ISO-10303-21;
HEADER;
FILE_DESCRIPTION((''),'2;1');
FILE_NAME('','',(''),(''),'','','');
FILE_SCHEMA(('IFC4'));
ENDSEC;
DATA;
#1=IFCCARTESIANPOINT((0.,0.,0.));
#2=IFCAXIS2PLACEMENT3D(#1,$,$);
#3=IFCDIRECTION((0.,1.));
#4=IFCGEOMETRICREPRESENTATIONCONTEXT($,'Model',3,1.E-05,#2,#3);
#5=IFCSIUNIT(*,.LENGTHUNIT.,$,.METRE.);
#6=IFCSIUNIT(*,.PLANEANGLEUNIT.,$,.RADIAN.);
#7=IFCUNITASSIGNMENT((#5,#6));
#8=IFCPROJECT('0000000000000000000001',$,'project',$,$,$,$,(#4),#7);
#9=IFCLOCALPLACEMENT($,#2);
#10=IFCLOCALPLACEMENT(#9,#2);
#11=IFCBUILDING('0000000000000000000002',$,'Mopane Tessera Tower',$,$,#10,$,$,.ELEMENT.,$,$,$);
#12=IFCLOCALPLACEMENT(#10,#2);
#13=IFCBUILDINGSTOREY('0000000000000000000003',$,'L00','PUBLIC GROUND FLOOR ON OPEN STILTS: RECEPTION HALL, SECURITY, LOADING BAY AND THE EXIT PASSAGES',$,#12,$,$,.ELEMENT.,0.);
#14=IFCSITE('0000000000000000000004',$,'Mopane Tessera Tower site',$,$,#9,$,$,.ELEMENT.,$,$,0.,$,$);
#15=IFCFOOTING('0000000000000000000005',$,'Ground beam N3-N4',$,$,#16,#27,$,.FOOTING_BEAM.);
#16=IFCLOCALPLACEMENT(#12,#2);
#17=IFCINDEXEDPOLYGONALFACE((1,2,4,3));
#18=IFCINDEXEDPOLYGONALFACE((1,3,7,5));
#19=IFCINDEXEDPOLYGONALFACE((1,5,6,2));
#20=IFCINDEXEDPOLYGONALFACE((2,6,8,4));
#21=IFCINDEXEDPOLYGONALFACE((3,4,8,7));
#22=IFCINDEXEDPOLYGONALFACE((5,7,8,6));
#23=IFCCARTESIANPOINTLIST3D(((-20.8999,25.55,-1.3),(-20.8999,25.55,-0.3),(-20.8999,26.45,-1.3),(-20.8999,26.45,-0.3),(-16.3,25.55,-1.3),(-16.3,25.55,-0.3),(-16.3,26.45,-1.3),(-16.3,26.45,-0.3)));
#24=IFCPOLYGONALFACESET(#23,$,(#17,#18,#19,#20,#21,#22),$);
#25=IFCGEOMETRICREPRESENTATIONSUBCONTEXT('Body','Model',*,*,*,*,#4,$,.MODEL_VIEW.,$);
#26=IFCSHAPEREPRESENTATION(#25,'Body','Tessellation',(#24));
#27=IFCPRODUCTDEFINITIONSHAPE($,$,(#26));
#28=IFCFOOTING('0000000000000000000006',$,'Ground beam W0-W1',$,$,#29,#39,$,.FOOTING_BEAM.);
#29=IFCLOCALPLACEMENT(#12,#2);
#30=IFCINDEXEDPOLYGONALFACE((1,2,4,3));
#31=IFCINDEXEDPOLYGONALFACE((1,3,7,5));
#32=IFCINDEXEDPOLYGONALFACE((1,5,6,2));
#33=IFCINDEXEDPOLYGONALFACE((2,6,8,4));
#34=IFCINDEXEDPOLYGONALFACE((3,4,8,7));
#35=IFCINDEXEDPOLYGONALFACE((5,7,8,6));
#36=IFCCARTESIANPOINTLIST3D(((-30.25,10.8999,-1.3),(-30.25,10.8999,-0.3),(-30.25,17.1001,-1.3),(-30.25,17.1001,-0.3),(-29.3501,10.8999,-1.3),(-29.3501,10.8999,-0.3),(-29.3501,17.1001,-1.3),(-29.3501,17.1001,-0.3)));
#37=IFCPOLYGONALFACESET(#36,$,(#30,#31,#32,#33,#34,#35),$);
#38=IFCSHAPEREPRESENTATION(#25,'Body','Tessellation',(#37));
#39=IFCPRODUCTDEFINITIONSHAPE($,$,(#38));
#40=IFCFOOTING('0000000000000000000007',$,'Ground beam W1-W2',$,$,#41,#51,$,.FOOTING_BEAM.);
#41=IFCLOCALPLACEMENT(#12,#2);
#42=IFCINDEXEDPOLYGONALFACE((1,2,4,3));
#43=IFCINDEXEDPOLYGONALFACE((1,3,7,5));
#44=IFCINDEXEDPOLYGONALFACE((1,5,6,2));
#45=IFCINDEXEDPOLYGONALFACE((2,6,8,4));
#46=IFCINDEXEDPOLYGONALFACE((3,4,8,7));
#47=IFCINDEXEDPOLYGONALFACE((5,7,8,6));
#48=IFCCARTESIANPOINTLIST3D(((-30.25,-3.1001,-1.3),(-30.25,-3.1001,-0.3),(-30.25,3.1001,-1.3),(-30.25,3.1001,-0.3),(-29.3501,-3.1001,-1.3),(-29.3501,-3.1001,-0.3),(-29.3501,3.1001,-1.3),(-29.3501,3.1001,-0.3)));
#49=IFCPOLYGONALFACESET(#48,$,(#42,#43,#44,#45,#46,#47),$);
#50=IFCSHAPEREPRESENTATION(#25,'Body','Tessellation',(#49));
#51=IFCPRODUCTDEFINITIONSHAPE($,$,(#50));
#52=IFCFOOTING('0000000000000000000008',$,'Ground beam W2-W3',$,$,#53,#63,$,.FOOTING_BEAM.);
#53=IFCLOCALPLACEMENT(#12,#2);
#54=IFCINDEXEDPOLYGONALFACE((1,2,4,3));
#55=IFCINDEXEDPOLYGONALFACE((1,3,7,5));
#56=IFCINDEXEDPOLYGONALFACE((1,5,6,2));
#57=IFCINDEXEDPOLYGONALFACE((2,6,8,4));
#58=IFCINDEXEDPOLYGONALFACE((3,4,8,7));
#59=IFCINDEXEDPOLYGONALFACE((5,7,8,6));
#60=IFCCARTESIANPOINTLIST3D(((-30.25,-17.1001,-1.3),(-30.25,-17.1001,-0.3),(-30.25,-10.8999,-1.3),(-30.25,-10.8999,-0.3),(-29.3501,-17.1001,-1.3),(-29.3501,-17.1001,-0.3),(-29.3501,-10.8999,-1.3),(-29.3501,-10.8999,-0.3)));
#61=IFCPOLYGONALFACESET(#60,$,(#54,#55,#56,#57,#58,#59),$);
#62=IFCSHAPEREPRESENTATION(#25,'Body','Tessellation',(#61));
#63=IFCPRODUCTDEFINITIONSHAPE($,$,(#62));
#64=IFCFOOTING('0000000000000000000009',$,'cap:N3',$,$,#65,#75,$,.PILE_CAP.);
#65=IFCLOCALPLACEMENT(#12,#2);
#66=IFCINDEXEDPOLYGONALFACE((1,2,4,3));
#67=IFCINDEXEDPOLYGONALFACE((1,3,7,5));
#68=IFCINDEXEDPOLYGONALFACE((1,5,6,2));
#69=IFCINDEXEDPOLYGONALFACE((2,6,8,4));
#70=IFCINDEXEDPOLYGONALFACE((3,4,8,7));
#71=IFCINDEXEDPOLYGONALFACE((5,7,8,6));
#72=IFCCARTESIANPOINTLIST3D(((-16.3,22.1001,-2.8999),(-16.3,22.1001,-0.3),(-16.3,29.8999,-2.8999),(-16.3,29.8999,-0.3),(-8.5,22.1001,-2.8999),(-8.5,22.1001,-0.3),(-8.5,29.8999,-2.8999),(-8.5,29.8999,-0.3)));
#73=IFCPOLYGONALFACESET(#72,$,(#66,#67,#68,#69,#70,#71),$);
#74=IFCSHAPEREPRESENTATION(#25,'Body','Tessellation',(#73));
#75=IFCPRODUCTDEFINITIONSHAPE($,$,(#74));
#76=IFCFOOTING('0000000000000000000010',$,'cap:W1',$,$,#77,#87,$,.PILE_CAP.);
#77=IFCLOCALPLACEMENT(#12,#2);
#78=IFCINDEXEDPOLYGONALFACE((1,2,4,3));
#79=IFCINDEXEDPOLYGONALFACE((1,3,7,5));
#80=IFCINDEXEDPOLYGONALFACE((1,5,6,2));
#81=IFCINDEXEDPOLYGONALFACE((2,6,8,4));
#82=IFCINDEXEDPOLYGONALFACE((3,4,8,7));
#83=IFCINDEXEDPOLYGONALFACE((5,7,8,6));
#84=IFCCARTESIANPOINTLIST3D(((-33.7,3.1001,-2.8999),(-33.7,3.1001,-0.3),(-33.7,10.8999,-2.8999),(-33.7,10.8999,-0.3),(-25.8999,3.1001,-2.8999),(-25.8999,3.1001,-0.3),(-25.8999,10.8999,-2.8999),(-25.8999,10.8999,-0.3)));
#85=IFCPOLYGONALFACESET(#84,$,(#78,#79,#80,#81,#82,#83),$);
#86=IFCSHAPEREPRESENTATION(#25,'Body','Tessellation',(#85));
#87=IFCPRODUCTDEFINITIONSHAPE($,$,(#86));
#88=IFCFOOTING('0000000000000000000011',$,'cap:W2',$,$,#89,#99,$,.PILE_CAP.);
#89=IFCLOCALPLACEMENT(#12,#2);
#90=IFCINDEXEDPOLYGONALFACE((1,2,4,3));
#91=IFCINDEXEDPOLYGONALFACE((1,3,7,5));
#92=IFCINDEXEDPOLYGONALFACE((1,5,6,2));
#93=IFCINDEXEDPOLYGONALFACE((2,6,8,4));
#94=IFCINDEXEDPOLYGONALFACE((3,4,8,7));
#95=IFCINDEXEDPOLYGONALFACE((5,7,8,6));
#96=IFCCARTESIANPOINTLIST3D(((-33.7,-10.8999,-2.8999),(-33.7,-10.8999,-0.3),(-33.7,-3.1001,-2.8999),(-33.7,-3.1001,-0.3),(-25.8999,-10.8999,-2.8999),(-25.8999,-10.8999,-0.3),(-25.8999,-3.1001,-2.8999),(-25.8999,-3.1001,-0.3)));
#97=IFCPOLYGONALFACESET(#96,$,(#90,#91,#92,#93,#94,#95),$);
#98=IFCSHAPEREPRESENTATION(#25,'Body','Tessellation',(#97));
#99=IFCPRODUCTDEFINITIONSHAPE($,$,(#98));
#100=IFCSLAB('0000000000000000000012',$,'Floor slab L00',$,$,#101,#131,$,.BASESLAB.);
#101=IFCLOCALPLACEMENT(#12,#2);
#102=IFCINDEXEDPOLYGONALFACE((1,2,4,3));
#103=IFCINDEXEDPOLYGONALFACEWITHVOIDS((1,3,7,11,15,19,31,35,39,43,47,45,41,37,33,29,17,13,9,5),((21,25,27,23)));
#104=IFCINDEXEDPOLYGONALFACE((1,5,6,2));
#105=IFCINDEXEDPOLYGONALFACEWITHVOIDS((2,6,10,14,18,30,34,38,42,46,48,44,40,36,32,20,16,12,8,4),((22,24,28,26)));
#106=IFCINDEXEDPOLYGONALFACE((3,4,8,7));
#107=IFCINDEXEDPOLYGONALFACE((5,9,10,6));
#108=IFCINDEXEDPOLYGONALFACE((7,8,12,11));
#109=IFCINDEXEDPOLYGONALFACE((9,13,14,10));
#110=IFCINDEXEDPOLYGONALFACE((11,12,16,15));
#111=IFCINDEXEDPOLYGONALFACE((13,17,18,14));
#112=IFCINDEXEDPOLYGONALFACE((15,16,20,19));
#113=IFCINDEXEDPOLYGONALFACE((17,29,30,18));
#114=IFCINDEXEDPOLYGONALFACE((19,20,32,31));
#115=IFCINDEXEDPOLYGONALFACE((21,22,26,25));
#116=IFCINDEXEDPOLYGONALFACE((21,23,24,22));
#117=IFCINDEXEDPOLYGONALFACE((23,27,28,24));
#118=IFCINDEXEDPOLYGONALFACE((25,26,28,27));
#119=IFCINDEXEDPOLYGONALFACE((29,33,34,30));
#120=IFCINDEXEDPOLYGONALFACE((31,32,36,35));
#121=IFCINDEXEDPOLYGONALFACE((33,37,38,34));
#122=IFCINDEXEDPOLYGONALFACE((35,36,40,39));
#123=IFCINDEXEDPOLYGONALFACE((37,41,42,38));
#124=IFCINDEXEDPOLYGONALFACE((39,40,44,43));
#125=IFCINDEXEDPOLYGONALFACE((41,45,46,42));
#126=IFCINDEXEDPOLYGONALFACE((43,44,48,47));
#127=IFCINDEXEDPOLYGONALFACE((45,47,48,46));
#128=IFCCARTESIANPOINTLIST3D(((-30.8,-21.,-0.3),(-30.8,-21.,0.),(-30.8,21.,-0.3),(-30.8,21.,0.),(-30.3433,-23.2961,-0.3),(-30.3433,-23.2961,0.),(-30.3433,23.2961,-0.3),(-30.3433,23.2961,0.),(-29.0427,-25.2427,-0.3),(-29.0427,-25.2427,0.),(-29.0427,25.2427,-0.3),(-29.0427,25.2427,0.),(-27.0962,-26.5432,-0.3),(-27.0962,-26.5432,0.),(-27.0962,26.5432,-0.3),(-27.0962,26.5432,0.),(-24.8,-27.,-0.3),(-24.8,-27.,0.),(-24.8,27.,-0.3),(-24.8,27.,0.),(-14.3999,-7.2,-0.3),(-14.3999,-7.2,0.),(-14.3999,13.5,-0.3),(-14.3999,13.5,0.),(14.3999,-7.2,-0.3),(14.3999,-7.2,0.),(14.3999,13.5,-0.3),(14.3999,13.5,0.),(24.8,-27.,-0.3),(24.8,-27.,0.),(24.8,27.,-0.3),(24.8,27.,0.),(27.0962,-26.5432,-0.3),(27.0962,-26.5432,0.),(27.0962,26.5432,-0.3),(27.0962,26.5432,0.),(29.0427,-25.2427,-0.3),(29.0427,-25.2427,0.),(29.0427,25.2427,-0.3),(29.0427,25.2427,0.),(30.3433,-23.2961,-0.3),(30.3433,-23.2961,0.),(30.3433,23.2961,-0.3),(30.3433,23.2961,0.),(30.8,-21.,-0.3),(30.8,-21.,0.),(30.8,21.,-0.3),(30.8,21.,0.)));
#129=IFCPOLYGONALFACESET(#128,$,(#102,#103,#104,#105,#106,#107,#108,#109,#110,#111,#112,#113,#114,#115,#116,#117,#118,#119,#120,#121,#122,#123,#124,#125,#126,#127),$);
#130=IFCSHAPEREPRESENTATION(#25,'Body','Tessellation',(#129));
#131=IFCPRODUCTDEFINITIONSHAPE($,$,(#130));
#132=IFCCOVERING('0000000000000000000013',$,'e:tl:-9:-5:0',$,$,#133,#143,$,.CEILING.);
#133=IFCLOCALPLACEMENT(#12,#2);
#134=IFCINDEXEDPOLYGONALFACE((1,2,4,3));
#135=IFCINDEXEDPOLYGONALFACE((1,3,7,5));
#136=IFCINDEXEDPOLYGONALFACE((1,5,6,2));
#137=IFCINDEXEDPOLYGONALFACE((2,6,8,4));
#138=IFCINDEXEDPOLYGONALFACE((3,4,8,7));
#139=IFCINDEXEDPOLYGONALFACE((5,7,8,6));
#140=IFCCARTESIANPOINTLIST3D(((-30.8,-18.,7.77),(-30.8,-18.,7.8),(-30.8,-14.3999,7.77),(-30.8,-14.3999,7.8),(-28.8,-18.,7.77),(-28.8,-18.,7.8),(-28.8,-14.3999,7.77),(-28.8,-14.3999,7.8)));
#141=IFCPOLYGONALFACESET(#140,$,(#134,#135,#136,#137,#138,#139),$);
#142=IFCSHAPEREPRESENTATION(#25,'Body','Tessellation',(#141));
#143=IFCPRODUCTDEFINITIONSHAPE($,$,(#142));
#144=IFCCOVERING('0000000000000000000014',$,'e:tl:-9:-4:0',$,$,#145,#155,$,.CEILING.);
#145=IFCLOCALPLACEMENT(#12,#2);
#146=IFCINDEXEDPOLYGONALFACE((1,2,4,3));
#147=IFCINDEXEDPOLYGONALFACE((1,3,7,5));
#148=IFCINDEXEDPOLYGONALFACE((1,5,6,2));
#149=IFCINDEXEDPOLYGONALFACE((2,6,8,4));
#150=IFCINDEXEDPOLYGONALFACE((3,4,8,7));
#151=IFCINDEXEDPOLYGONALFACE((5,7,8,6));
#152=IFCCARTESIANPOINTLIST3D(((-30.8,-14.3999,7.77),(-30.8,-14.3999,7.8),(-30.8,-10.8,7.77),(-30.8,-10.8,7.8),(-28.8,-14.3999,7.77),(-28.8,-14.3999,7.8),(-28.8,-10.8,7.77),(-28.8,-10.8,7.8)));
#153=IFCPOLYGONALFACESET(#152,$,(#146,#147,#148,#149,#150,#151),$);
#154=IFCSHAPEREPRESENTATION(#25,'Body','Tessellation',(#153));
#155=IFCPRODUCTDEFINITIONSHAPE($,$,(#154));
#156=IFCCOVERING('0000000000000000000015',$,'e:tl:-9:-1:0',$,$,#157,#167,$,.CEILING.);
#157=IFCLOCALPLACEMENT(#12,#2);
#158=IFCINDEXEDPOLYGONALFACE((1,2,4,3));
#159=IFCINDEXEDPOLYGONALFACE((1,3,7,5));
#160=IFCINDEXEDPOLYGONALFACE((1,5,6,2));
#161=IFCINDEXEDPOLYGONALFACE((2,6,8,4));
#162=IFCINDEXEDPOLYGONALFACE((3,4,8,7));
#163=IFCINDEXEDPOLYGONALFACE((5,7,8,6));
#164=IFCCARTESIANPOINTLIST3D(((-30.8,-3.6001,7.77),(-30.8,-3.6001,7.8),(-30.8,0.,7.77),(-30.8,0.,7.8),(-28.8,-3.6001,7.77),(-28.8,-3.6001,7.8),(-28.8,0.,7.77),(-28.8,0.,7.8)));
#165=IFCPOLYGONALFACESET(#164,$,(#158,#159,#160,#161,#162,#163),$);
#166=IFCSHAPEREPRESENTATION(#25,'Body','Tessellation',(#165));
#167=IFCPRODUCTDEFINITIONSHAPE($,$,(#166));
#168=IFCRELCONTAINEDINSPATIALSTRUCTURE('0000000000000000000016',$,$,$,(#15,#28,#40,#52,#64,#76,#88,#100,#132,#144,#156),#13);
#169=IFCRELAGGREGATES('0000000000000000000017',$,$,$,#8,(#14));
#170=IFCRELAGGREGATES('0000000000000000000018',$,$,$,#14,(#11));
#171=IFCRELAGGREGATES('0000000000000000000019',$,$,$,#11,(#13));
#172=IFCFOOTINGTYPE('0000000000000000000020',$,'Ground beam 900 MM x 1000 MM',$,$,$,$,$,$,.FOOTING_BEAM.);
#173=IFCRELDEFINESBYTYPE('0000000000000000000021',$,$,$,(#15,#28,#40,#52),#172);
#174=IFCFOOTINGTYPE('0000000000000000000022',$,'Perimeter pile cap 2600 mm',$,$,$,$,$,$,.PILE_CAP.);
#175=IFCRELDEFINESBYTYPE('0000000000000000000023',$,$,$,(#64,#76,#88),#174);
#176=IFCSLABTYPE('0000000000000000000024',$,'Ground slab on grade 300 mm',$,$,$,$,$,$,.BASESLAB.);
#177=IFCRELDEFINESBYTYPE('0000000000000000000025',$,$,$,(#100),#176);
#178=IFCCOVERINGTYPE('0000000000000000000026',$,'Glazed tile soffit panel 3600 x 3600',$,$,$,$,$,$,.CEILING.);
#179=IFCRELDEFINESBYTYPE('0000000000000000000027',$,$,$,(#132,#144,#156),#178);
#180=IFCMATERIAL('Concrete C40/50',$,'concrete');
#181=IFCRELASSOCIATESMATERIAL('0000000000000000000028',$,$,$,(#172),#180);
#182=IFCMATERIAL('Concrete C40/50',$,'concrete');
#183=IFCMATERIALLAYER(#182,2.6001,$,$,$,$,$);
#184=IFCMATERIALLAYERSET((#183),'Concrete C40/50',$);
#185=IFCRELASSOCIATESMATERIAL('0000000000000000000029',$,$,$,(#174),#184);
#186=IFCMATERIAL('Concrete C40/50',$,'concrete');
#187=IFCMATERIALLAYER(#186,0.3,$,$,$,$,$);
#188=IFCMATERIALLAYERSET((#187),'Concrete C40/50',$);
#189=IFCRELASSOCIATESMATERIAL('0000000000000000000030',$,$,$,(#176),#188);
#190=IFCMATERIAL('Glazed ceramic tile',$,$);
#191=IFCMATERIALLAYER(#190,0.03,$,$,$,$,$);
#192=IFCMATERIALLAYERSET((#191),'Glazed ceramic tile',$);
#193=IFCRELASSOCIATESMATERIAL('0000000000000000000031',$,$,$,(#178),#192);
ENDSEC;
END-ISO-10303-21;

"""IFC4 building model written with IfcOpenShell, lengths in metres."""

from ifc_helpers import new_model, si_unit, direction, frame, origin, place, context, subcontext, project, spatial, polyline, outline, extrude, material, layer, layer_set, type_object, element, save


model = new_model("IFC4")

# Units and contexts
model_context = context("Model", 3, precision=1e-05, world=origin(), true_north=direction((0.0, 1.0)))
body_context = subcontext(model_context, "Body", "Model", "MODEL_VIEW")
ifc_project = project(units=[si_unit("LENGTHUNIT", "METRE"), si_unit("PLANEANGLEUNIT", "RADIAN")], contexts=[model_context])

# Site, building, storey
site_placement = place(None, origin())
site = spatial("IfcSite", under=ifc_project, at=site_placement, Name="Mopane Tessera Tower site", CompositionType="ELEMENT", RefElevation=0.0)
building_placement = place(site_placement, origin())
building = spatial("IfcBuilding", under=site, at=building_placement, Name="Mopane Tessera Tower", CompositionType="ELEMENT")
storey_placement = place(building_placement, origin())
storey = spatial("IfcBuildingStorey", under=building, at=storey_placement, Name="L00", Description="PUBLIC GROUND FLOOR ON OPEN STILTS: RECEPTION HALL, SECURITY, LOADING BAY AND THE EXIT PASSAGES", CompositionType="ELEMENT", Elevation=0.0)

# Footings
ifc_material_1 = material(Name="Concrete C40/50", Category="concrete")
footing_type_1 = type_object("IfcFootingType", Name="Ground beam 900 MM x 1000 MM", PredefinedType="FOOTING_BEAM", material=ifc_material_1)
footing_1_placement = place(storey_placement, frame((0.0, 0.0, -1.3)))
element("IfcFooting", 1, at=footing_1_placement, inside=storey, type_object=footing_type_1, Name="Ground beam N3-N4", PredefinedType="FOOTING_BEAM", context=body_context, shape_type="SweptSolid", body=[
    extrude(outline(polyline([(-16.3, 26.45), (-20.8999, 26.45), (-20.8999, 25.55), (-16.3, 25.55), (-16.3, 26.45)])), origin(), (0.0, 0.0, 1.0), 1.0),
])
footing_2_placement = place(storey_placement, frame((0.0, 0.0, -1.3)))
element("IfcFooting", 2, at=footing_2_placement, inside=storey, type_object=footing_type_1, Name="Ground beam W0-W1", PredefinedType="FOOTING_BEAM", context=body_context, shape_type="SweptSolid", body=[
    extrude(outline(polyline([(-29.3501, 17.1001), (-30.25, 17.1001), (-30.25, 10.8999), (-29.3501, 10.8999), (-29.3501, 17.1001)])), origin(), (0.0, 0.0, 1.0), 1.0),
])
footing_3_placement = place(storey_placement, frame((0.0, 0.0, -1.3)))
element("IfcFooting", 3, at=footing_3_placement, inside=storey, type_object=footing_type_1, Name="Ground beam W1-W2", PredefinedType="FOOTING_BEAM", context=body_context, shape_type="SweptSolid", body=[
    extrude(outline(polyline([(-29.3501, 3.1001), (-30.25, 3.1001), (-30.25, -3.1001), (-29.3501, -3.1001), (-29.3501, 3.1001)])), origin(), (0.0, 0.0, 1.0), 1.0),
])
footing_4_placement = place(storey_placement, frame((0.0, 0.0, -1.3)))
element("IfcFooting", 4, at=footing_4_placement, inside=storey, type_object=footing_type_1, Name="Ground beam W2-W3", PredefinedType="FOOTING_BEAM", context=body_context, shape_type="SweptSolid", body=[
    extrude(outline(polyline([(-29.3501, -10.8999), (-30.25, -10.8999), (-30.25, -17.1001), (-29.3501, -17.1001), (-29.3501, -10.8999)])), origin(), (0.0, 0.0, 1.0), 1.0),
])
ifc_material_2 = material(Name="Concrete C40/50", Category="concrete")
ifc_layer_1 = layer(ifc_material_2, 2.6001)
ifc_layer_set_1 = layer_set([ifc_layer_1], Name="Concrete C40/50")
footing_type_2 = type_object("IfcFootingType", Name="Perimeter pile cap 2600 mm", PredefinedType="PILE_CAP", material=ifc_layer_set_1)
footing_5_placement = place(storey_placement, frame((0.0, 0.0, -2.8999)))
element("IfcFooting", 5, at=footing_5_placement, inside=storey, type_object=footing_type_2, Name="cap:N3", PredefinedType="PILE_CAP", context=body_context, shape_type="SweptSolid", body=[
    extrude(outline(polyline([(-8.5, 29.8999), (-16.3, 29.8999), (-16.3, 22.1001), (-8.5, 22.1001), (-8.5, 29.8999)])), origin(), (0.0, 0.0, 1.0), 2.5999),
])
footing_6_placement = place(storey_placement, frame((0.0, 0.0, -2.8999)))
element("IfcFooting", 6, at=footing_6_placement, inside=storey, type_object=footing_type_2, Name="cap:W1", PredefinedType="PILE_CAP", context=body_context, shape_type="SweptSolid", body=[
    extrude(outline(polyline([(-25.8999, 10.8999), (-33.7, 10.8999), (-33.7, 3.1001), (-25.8999, 3.1001), (-25.8999, 10.8999)])), origin(), (0.0, 0.0, 1.0), 2.5999),
])
footing_7_placement = place(storey_placement, frame((0.0, 0.0, -2.8999)))
element("IfcFooting", 7, at=footing_7_placement, inside=storey, type_object=footing_type_2, Name="cap:W2", PredefinedType="PILE_CAP", context=body_context, shape_type="SweptSolid", body=[
    extrude(outline(polyline([(-25.8999, -3.1001), (-33.7, -3.1001), (-33.7, -10.8999), (-25.8999, -10.8999), (-25.8999, -3.1001)])), origin(), (0.0, 0.0, 1.0), 2.5999),
])

# Slab
ifc_material_3 = material(Name="Concrete C40/50", Category="concrete")
ifc_layer_2 = layer(ifc_material_3, 0.3)
ifc_layer_set_2 = layer_set([ifc_layer_2], Name="Concrete C40/50")
slab_type = type_object("IfcSlabType", Name="Ground slab on grade 300 mm", PredefinedType="BASESLAB", material=ifc_layer_set_2)
slab_placement = place(storey_placement, frame((0.0, 0.0, -0.3)))
element("IfcSlab", 8, at=slab_placement, inside=storey, type_object=slab_type, Name="Floor slab L00", PredefinedType="BASESLAB", context=body_context, shape_type="SweptSolid", body=[
    extrude(outline(polyline([(-24.8, -27.0), (24.8, -27.0), (27.0962, -26.5432), (29.0427, -25.2427), (30.3433, -23.2961), (30.8, -21.0), (30.8, 21.0), (30.3433, 23.2961), (29.0427, 25.2427), (27.0962, 26.5432), (24.8, 27.0), (-24.8, 27.0), (-27.0962, 26.5432), (-29.0427, 25.2427), (-30.3433, 23.2961), (-30.8, 21.0), (-30.8, -21.0), (-30.3433, -23.2961), (-29.0427, -25.2427), (-27.0962, -26.5432), (-24.8, -27.0)]), holes=[polyline([(14.3999, -7.2), (-14.3999, -7.2), (-14.3999, 13.5), (14.3999, 13.5), (14.3999, -7.2)])]), origin(), (0.0, 0.0, 1.0), 0.3),
])

# Coverings
ifc_material_4 = material(Name="Glazed ceramic tile")
ifc_layer_3 = layer(ifc_material_4, 0.03)
ifc_layer_set_3 = layer_set([ifc_layer_3], Name="Glazed ceramic tile")
covering_type = type_object("IfcCoveringType", Name="Glazed tile soffit panel 3600 x 3600", PredefinedType="CEILING", material=ifc_layer_set_3)
covering_1_placement = place(storey_placement, frame((0.0, 0.0, 7.77)))
element("IfcCovering", 9, at=covering_1_placement, inside=storey, type_object=covering_type, Name="e:tl:-9:-5:0", PredefinedType="CEILING", context=body_context, shape_type="SweptSolid", body=[
    extrude(outline(polyline([(-30.8, -14.3999), (-28.8, -14.3999), (-28.8, -18.0), (-30.8, -18.0), (-30.8, -14.3999)])), origin(), (0.0, 0.0, 1.0), 0.03),
])
covering_2_placement = place(storey_placement, frame((0.0, 0.0, 7.77)))
element("IfcCovering", 10, at=covering_2_placement, inside=storey, type_object=covering_type, Name="e:tl:-9:-4:0", PredefinedType="CEILING", context=body_context, shape_type="SweptSolid", body=[
    extrude(outline(polyline([(-30.8, -10.8), (-28.8, -10.8), (-28.8, -14.3999), (-30.8, -14.3999), (-30.8, -10.8)])), origin(), (0.0, 0.0, 1.0), 0.03),
])
covering_3_placement = place(storey_placement, frame((0.0, 0.0, 7.77)))
element("IfcCovering", 11, at=covering_3_placement, inside=storey, type_object=covering_type, Name="e:tl:-9:-1:0", PredefinedType="CEILING", context=body_context, shape_type="SweptSolid", body=[
    extrude(outline(polyline([(-30.8, 0.0), (-28.8, 0.0), (-28.8, -3.6001), (-30.8, -3.6001), (-30.8, 0.0)])), origin(), (0.0, 0.0, 1.0), 0.03),
])

save(model, "model.ifc")
